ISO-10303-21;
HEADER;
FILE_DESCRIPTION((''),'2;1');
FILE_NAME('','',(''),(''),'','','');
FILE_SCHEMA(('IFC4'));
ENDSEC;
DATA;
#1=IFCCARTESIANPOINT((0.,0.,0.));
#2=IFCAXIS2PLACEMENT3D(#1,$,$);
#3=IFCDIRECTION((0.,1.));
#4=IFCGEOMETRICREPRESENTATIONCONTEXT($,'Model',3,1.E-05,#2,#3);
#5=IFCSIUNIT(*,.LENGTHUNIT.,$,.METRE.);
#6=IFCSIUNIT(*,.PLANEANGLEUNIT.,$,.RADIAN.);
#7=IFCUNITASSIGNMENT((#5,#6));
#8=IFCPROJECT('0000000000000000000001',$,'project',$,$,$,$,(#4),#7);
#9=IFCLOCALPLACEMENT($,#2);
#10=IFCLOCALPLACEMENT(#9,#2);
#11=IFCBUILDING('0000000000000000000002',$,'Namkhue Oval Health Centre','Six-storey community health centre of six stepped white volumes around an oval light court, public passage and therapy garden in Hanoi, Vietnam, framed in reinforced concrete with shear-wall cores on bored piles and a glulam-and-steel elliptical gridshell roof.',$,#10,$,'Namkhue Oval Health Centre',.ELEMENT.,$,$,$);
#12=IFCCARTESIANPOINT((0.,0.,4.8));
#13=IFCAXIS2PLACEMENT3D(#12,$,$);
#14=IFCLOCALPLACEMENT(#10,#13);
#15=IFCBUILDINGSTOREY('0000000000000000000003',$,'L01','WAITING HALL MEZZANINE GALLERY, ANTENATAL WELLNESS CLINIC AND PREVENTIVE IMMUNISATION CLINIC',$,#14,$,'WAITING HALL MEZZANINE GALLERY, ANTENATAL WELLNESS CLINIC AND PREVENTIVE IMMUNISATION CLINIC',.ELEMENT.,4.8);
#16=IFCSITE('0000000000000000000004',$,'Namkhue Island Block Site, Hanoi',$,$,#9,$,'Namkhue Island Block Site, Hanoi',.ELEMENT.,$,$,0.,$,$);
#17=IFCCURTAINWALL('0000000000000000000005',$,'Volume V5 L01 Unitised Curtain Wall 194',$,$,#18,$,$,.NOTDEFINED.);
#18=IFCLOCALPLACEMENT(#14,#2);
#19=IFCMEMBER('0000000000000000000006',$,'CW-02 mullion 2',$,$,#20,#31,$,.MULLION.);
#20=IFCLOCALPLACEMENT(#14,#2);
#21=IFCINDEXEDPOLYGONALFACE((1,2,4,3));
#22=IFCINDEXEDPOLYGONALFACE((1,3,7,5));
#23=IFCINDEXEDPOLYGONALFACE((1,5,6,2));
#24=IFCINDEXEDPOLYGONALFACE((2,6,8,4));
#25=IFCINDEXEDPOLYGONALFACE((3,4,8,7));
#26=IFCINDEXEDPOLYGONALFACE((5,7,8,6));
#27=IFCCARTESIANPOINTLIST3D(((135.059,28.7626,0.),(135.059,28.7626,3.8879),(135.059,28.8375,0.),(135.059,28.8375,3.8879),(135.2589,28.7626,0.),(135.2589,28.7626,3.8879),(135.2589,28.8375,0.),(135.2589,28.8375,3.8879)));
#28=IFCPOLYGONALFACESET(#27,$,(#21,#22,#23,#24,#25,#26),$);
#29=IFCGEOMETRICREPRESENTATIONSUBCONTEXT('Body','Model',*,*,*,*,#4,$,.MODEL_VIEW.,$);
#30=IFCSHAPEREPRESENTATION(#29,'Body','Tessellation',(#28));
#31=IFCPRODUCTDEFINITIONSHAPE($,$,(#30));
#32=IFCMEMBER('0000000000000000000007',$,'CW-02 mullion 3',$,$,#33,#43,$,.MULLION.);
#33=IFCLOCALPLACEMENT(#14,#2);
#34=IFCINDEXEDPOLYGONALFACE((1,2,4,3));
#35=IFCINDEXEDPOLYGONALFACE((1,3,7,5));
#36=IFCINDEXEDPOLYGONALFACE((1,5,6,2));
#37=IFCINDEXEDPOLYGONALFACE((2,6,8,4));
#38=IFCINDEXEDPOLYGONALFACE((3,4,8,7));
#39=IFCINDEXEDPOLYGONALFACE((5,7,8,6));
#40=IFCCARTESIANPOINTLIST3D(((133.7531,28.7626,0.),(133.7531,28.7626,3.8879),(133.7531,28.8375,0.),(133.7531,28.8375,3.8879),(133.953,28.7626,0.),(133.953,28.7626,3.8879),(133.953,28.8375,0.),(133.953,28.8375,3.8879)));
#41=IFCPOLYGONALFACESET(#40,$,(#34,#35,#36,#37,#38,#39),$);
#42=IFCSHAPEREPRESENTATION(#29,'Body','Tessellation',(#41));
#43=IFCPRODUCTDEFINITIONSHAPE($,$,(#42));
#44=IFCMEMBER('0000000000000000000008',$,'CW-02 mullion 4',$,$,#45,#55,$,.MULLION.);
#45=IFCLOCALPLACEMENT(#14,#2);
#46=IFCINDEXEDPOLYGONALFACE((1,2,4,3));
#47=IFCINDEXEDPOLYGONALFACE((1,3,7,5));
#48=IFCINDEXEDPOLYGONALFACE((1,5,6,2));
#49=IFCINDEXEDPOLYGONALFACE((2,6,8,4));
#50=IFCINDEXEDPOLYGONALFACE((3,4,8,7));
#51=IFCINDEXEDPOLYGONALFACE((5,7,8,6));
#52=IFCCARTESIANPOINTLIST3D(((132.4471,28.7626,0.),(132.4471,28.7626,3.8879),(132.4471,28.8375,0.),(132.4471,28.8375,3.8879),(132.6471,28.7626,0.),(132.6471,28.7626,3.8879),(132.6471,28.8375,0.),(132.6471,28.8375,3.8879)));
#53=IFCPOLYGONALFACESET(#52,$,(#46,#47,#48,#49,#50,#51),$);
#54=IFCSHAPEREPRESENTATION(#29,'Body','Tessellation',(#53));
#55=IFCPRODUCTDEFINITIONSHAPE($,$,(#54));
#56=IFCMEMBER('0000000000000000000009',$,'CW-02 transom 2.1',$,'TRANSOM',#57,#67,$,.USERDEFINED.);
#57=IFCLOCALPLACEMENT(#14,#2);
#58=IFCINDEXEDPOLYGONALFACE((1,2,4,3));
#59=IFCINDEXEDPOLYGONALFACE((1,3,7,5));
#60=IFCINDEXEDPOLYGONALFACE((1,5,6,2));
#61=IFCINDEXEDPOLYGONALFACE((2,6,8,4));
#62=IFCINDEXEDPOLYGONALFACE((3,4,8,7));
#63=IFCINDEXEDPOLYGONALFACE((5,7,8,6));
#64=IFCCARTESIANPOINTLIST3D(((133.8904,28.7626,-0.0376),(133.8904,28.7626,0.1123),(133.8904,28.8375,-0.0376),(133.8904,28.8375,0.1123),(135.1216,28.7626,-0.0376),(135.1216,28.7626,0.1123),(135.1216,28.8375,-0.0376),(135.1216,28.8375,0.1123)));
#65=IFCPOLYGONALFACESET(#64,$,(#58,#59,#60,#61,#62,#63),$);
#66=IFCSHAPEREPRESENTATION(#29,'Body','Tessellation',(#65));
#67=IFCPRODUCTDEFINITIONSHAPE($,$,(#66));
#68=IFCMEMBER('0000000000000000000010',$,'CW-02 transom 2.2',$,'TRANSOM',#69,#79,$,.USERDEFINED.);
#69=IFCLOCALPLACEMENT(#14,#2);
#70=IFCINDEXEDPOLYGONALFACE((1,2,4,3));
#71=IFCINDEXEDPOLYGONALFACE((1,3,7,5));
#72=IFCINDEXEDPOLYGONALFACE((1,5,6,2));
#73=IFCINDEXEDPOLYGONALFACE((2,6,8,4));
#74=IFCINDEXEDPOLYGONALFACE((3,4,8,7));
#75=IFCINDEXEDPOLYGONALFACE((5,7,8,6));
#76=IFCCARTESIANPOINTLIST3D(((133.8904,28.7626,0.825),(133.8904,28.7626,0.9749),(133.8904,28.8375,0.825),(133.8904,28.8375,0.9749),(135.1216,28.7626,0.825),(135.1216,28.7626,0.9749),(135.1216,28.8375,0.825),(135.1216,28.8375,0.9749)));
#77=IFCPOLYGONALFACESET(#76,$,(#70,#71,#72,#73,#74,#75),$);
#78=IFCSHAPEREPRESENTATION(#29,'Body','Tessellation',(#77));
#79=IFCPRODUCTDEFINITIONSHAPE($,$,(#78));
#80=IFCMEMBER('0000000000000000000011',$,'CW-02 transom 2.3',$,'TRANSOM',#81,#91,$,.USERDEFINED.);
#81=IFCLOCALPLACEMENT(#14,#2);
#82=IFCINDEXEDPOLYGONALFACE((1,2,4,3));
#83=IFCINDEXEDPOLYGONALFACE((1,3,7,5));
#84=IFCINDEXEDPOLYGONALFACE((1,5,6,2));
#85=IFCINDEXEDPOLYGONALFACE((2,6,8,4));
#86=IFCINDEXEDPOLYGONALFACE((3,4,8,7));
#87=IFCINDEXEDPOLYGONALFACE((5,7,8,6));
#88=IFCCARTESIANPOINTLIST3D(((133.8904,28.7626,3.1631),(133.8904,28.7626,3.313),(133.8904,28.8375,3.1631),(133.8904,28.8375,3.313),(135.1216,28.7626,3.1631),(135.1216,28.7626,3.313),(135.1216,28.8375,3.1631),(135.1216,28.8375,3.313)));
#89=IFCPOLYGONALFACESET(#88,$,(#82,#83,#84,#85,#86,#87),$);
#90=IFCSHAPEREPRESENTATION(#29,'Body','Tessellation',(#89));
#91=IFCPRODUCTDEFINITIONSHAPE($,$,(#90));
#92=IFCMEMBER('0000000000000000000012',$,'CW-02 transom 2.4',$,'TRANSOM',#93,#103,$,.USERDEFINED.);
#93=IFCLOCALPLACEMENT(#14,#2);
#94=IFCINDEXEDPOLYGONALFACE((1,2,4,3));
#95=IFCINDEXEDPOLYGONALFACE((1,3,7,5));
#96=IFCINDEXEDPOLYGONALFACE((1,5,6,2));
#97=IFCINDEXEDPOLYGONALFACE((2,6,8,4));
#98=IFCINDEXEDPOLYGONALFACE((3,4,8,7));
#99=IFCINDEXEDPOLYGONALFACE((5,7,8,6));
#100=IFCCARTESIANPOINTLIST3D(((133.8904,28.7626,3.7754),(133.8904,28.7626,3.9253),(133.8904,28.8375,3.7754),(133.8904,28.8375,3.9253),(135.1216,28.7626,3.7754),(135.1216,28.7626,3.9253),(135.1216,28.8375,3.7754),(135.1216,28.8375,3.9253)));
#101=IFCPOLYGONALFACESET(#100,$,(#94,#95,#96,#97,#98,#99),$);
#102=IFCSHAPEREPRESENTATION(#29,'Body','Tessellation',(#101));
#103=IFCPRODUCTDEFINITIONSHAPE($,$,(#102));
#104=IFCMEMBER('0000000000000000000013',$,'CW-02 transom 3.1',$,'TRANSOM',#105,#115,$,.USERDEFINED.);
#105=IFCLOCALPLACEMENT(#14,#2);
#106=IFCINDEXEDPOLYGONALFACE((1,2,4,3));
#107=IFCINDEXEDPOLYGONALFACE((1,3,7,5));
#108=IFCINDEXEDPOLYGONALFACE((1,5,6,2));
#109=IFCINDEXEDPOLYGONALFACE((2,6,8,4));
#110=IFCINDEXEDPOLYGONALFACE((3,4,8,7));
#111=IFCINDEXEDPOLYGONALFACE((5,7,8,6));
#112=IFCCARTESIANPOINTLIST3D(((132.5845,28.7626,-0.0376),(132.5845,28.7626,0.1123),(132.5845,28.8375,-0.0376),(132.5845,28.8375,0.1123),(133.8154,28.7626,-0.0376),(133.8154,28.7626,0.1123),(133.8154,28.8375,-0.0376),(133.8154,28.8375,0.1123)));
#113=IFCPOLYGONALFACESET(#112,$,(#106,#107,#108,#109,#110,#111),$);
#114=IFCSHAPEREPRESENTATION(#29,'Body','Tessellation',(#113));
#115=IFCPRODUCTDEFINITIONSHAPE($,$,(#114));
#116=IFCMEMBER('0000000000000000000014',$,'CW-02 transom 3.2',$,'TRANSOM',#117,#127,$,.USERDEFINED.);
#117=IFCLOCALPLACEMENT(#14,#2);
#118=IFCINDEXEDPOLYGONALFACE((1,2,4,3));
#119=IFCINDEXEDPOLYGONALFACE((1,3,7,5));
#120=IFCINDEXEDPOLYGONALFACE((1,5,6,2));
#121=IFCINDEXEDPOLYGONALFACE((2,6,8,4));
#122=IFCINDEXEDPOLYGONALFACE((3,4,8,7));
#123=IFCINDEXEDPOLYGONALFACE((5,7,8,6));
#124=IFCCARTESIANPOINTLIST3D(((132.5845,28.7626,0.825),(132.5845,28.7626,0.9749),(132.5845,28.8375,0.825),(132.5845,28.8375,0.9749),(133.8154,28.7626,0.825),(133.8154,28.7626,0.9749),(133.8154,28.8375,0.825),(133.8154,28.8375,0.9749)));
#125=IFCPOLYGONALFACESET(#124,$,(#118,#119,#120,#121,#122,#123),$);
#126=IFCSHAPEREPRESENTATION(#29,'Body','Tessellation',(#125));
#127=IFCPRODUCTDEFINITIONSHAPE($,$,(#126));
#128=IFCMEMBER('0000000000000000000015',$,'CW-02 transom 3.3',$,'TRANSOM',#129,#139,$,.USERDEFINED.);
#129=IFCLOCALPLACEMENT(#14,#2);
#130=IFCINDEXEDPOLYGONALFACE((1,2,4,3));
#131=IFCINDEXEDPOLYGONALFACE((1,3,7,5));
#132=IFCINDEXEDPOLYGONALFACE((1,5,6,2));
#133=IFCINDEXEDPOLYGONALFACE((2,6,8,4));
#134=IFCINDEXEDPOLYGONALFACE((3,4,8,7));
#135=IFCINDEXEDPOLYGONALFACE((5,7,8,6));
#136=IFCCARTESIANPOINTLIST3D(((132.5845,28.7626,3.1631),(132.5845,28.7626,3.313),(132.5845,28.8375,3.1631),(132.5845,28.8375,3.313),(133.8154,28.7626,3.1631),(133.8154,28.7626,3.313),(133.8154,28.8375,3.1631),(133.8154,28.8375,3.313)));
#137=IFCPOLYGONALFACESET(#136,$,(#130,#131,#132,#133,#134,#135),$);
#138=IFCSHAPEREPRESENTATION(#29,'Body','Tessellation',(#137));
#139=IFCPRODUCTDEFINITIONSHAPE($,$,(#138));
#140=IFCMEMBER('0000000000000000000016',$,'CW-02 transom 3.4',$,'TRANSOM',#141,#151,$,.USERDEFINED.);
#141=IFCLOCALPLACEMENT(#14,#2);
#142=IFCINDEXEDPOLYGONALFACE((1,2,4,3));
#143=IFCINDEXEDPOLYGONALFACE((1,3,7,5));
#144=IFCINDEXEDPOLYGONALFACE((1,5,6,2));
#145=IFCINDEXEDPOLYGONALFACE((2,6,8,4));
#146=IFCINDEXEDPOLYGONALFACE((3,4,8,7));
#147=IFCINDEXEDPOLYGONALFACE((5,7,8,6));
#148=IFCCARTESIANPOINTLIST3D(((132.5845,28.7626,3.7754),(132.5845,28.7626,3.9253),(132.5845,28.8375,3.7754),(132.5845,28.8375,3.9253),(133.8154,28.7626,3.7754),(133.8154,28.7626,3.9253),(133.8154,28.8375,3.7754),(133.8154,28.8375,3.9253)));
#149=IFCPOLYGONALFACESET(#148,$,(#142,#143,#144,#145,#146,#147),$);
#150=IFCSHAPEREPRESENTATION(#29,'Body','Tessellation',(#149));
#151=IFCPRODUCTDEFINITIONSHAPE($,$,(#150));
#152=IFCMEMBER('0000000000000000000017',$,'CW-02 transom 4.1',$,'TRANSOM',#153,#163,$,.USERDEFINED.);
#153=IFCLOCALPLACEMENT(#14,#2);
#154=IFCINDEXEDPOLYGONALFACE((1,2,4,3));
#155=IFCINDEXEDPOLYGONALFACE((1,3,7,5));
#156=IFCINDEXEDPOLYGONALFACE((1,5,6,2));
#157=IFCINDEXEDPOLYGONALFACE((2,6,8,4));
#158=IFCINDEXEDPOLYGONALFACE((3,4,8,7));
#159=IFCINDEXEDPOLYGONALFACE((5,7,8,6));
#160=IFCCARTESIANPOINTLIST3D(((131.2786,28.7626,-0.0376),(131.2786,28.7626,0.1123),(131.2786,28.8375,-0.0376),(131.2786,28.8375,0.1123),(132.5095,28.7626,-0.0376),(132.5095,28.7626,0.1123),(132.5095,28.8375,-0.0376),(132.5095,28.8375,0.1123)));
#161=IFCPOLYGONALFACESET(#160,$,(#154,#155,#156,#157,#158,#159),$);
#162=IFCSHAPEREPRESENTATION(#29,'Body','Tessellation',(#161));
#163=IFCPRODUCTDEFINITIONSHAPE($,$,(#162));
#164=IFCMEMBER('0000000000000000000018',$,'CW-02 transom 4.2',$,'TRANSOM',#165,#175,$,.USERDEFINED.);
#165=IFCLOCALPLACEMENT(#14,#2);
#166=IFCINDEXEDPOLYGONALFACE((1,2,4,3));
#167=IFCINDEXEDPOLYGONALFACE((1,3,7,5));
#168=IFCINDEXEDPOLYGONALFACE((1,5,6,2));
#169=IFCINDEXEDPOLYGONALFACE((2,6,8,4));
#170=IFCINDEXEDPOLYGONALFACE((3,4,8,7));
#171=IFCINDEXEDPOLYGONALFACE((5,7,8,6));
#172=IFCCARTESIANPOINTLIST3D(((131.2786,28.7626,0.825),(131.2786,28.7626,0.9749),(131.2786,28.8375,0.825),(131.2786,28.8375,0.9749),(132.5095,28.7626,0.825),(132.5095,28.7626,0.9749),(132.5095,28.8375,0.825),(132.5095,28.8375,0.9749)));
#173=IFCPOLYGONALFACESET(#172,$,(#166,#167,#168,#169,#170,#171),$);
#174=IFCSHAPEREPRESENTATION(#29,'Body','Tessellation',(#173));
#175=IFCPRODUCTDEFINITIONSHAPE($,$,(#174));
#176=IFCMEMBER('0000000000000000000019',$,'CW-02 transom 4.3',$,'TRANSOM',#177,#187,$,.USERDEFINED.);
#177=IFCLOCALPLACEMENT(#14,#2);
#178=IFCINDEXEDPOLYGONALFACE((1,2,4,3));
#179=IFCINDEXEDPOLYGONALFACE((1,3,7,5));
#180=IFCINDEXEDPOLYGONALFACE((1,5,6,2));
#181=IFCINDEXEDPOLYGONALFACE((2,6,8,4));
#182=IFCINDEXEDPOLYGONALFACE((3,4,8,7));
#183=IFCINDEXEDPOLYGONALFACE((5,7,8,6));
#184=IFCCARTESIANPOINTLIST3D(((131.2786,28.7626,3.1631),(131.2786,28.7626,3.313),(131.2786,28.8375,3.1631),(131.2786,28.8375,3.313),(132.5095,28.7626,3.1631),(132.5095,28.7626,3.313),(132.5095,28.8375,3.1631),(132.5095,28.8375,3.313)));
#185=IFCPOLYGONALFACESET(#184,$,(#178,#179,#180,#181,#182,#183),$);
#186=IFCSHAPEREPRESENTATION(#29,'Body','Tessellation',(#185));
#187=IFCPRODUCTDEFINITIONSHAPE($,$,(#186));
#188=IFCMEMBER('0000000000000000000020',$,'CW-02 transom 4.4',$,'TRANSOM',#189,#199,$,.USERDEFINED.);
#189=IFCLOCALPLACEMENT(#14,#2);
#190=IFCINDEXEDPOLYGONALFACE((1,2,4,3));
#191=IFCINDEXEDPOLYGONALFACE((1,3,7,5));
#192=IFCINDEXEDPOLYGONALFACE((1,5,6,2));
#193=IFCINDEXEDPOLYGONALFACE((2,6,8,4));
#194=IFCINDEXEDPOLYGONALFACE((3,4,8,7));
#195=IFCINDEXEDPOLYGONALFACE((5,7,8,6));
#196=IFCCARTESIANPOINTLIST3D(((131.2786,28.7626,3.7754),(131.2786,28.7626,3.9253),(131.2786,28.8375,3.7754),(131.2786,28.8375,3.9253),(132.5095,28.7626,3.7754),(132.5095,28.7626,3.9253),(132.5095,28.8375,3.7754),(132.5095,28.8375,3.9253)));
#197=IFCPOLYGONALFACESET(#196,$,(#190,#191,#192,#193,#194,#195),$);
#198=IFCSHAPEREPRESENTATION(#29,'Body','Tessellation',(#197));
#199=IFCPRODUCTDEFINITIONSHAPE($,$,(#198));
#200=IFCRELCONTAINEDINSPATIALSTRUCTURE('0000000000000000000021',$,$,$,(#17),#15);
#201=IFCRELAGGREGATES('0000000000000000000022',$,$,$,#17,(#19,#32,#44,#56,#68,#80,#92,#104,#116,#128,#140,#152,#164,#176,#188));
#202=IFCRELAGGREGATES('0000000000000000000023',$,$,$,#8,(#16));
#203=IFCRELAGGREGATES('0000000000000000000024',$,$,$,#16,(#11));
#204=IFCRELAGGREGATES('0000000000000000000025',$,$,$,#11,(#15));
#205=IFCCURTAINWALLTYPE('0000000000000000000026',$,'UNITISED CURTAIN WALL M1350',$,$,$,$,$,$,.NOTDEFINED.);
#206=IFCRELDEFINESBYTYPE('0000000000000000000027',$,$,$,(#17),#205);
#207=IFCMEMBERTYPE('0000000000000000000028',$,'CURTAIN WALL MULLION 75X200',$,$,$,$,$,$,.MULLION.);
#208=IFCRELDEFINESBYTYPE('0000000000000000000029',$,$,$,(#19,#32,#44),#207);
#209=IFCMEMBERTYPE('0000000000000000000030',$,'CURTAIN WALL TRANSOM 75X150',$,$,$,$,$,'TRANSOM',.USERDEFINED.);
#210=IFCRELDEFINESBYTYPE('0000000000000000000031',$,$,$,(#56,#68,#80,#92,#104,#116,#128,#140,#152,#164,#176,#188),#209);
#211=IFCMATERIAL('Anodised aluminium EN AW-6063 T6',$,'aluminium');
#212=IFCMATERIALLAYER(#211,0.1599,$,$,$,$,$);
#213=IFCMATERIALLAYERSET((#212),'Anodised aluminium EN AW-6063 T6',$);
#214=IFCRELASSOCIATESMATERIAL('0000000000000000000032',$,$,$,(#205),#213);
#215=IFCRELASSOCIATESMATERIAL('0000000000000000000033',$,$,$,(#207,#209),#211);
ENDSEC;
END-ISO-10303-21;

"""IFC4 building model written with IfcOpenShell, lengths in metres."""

from ifc_helpers import new_model, si_unit, direction, frame, origin, origin_2d, place, context, subcontext, project, spatial, rectangle, extrude, material, layer, layer_set, material_profile, profile_set, type_object, element, aggregate, save


model = new_model("IFC4")

# Units and contexts
model_context = context("Model", 3, precision=1e-05, world=origin(), true_north=direction((0.0, 1.0)))
body_context = subcontext(model_context, "Body", "Model", "MODEL_VIEW")
ifc_project = project(units=[si_unit("LENGTHUNIT", "METRE"), si_unit("PLANEANGLEUNIT", "RADIAN")], contexts=[model_context])

# Site, building, storey
site_placement = place(None, origin())
site = spatial("IfcSite", under=ifc_project, at=site_placement, Name="Namkhue Island Block Site, Hanoi", LongName="Namkhue Island Block Site, Hanoi", CompositionType="ELEMENT", RefElevation=0.0)
building_placement = place(site_placement, origin())
building = spatial("IfcBuilding", under=site, at=building_placement, Name="Namkhue Oval Health Centre", Description="Six-storey community health centre of six stepped white volumes around an oval light court, public passage and therapy garden in Hanoi, Vietnam, framed in reinforced concrete with shear-wall cores on bored piles and a glulam-and-steel elliptical gridshell roof.", LongName="Namkhue Oval Health Centre", CompositionType="ELEMENT")
storey_placement = place(building_placement, frame((0.0, 0.0, 4.8)))
storey = spatial("IfcBuildingStorey", under=building, at=storey_placement, Name="L01", Description="WAITING HALL MEZZANINE GALLERY, ANTENATAL WELLNESS CLINIC AND PREVENTIVE IMMUNISATION CLINIC", LongName="WAITING HALL MEZZANINE GALLERY, ANTENATAL WELLNESS CLINIC AND PREVENTIVE IMMUNISATION CLINIC", CompositionType="ELEMENT", Elevation=4.8)

# Curtain wall, members
ifc_material_1 = material(Name="Anodised aluminium EN AW-6063 T6", Category="aluminium")
ifc_layer_1 = layer(ifc_material_1, 0.1599)
ifc_layer_set_1 = layer_set([ifc_layer_1], Name="Anodised aluminium EN AW-6063 T6")
curtain_wall_type = type_object("IfcCurtainWallType", Name="UNITISED CURTAIN WALL M1350", PredefinedType="NOTDEFINED", material=ifc_layer_set_1)
curtain_wall_placement = place(storey_placement, origin())
curtain_wall = element("IfcCurtainWall", 1, at=curtain_wall_placement, inside=storey, type_object=curtain_wall_type, Name="Volume V5 L01 Unitised Curtain Wall 194", PredefinedType="NOTDEFINED")
ifc_material_profile_1 = material_profile(ifc_material_1, rectangle(XDim=0.075, YDim=0.2, at=origin_2d()), Name="ALU 75x200")
ifc_profile_set_1 = profile_set([ifc_material_profile_1], Name="Anodised aluminium EN AW-6063 T6")
member_type_1 = type_object("IfcMemberType", Name="CURTAIN WALL MULLION 75X200", PredefinedType="MULLION", material=ifc_profile_set_1)
member_1_placement = place(storey_placement, frame((135.1589, 28.8, 0.0), z_axis=(0.0, 0.0, 1.0), x_axis=(0.0, -1.0, 0.0)))
member_1 = element("IfcMember", 2, at=member_1_placement, type_object=member_type_1, Name="CW-02 mullion 2", PredefinedType="MULLION", context=body_context, shape_type="SweptSolid", body=[
    extrude(rectangle(XDim=0.075, YDim=0.2, at=origin_2d()), origin(), (0.0, 0.0, 1.0), 3.8879),
])
member_2_placement = place(storey_placement, frame((133.853, 28.8, 0.0), z_axis=(0.0, 0.0, 1.0), x_axis=(0.0, -1.0, 0.0)))
member_2 = element("IfcMember", 3, at=member_2_placement, type_object=member_type_1, Name="CW-02 mullion 3", PredefinedType="MULLION", context=body_context, shape_type="SweptSolid", body=[
    extrude(rectangle(XDim=0.075, YDim=0.2, at=origin_2d()), origin(), (0.0, 0.0, 1.0), 3.8879),
])
member_3_placement = place(storey_placement, frame((132.5471, 28.8, 0.0), z_axis=(0.0, 0.0, 1.0), x_axis=(0.0, -1.0, 0.0)))
member_3 = element("IfcMember", 4, at=member_3_placement, type_object=member_type_1, Name="CW-02 mullion 4", PredefinedType="MULLION", context=body_context, shape_type="SweptSolid", body=[
    extrude(rectangle(XDim=0.075, YDim=0.2, at=origin_2d()), origin(), (0.0, 0.0, 1.0), 3.8879),
])
ifc_material_profile_2 = material_profile(ifc_material_1, rectangle(XDim=0.075, YDim=0.1499, at=origin_2d()), Name="ALU 75x150")
ifc_profile_set_2 = profile_set([ifc_material_profile_2], Name="Anodised aluminium EN AW-6063 T6")
member_type_2 = type_object("IfcMemberType", Name="CURTAIN WALL TRANSOM 75X150", ElementType="TRANSOM", PredefinedType="USERDEFINED", material=ifc_profile_set_2)
member_4_placement = place(storey_placement, frame((135.1216, 28.8, 0.0374), z_axis=(-1.0, 0.0, 0.0), x_axis=(0.0, -1.0, 0.0)))
member_4 = element("IfcMember", 5, at=member_4_placement, type_object=member_type_2, Name="CW-02 transom 2.1", ObjectType="TRANSOM", PredefinedType="USERDEFINED", context=body_context, shape_type="SweptSolid", body=[
    extrude(rectangle(XDim=0.075, YDim=0.1499, at=origin_2d()), origin(), (0.0, 0.0, 1.0), 1.2312),
])
member_5_placement = place(storey_placement, frame((135.1216, 28.8, 0.8999), z_axis=(-1.0, 0.0, 0.0), x_axis=(0.0, -1.0, 0.0)))
member_5 = element("IfcMember", 6, at=member_5_placement, type_object=member_type_2, Name="CW-02 transom 2.2", ObjectType="TRANSOM", PredefinedType="USERDEFINED", context=body_context, shape_type="SweptSolid", body=[
    extrude(rectangle(XDim=0.075, YDim=0.1499, at=origin_2d()), origin(), (0.0, 0.0, 1.0), 1.2312),
])
member_6_placement = place(storey_placement, frame((135.1216, 28.8, 3.238), z_axis=(-1.0, 0.0, 0.0), x_axis=(0.0, -1.0, 0.0)))
member_6 = element("IfcMember", 7, at=member_6_placement, type_object=member_type_2, Name="CW-02 transom 2.3", ObjectType="TRANSOM", PredefinedType="USERDEFINED", context=body_context, shape_type="SweptSolid", body=[
    extrude(rectangle(XDim=0.075, YDim=0.1499, at=origin_2d()), origin(), (0.0, 0.0, 1.0), 1.2312),
])
member_7_placement = place(storey_placement, frame((135.1216, 28.8, 3.8503), z_axis=(-1.0, 0.0, 0.0), x_axis=(0.0, -1.0, 0.0)))
member_7 = element("IfcMember", 8, at=member_7_placement, type_object=member_type_2, Name="CW-02 transom 2.4", ObjectType="TRANSOM", PredefinedType="USERDEFINED", context=body_context, shape_type="SweptSolid", body=[
    extrude(rectangle(XDim=0.075, YDim=0.1499, at=origin_2d()), origin(), (0.0, 0.0, 1.0), 1.2312),
])
member_8_placement = place(storey_placement, frame((133.8154, 28.8, 0.0374), z_axis=(-1.0, 0.0, 0.0), x_axis=(0.0, -1.0, 0.0)))
member_8 = element("IfcMember", 9, at=member_8_placement, type_object=member_type_2, Name="CW-02 transom 3.1", ObjectType="TRANSOM", PredefinedType="USERDEFINED", context=body_context, shape_type="SweptSolid", body=[
    extrude(rectangle(XDim=0.075, YDim=0.1499, at=origin_2d()), origin(), (0.0, 0.0, 1.0), 1.231),
])
member_9_placement = place(storey_placement, frame((133.8154, 28.8, 0.8999), z_axis=(-1.0, 0.0, 0.0), x_axis=(0.0, -1.0, 0.0)))
member_9 = element("IfcMember", 10, at=member_9_placement, type_object=member_type_2, Name="CW-02 transom 3.2", ObjectType="TRANSOM", PredefinedType="USERDEFINED", context=body_context, shape_type="SweptSolid", body=[
    extrude(rectangle(XDim=0.075, YDim=0.1499, at=origin_2d()), origin(), (0.0, 0.0, 1.0), 1.231),
])
member_10_placement = place(storey_placement, frame((133.8154, 28.8, 3.238), z_axis=(-1.0, 0.0, 0.0), x_axis=(0.0, -1.0, 0.0)))
member_10 = element("IfcMember", 11, at=member_10_placement, type_object=member_type_2, Name="CW-02 transom 3.3", ObjectType="TRANSOM", PredefinedType="USERDEFINED", context=body_context, shape_type="SweptSolid", body=[
    extrude(rectangle(XDim=0.075, YDim=0.1499, at=origin_2d()), origin(), (0.0, 0.0, 1.0), 1.231),
])
member_11_placement = place(storey_placement, frame((133.8154, 28.8, 3.8503), z_axis=(-1.0, 0.0, 0.0), x_axis=(0.0, -1.0, 0.0)))
member_11 = element("IfcMember", 12, at=member_11_placement, type_object=member_type_2, Name="CW-02 transom 3.4", ObjectType="TRANSOM", PredefinedType="USERDEFINED", context=body_context, shape_type="SweptSolid", body=[
    extrude(rectangle(XDim=0.075, YDim=0.1499, at=origin_2d()), origin(), (0.0, 0.0, 1.0), 1.231),
])
member_12_placement = place(storey_placement, frame((132.5095, 28.8, 0.0374), z_axis=(-1.0, 0.0, 0.0), x_axis=(0.0, -1.0, 0.0)))
member_12 = element("IfcMember", 13, at=member_12_placement, type_object=member_type_2, Name="CW-02 transom 4.1", ObjectType="TRANSOM", PredefinedType="USERDEFINED", context=body_context, shape_type="SweptSolid", body=[
    extrude(rectangle(XDim=0.075, YDim=0.1499, at=origin_2d()), origin(), (0.0, 0.0, 1.0), 1.231),
])
member_13_placement = place(storey_placement, frame((132.5095, 28.8, 0.8999), z_axis=(-1.0, 0.0, 0.0), x_axis=(0.0, -1.0, 0.0)))
member_13 = element("IfcMember", 14, at=member_13_placement, type_object=member_type_2, Name="CW-02 transom 4.2", ObjectType="TRANSOM", PredefinedType="USERDEFINED", context=body_context, shape_type="SweptSolid", body=[
    extrude(rectangle(XDim=0.075, YDim=0.1499, at=origin_2d()), origin(), (0.0, 0.0, 1.0), 1.231),
])
member_14_placement = place(storey_placement, frame((132.5095, 28.8, 3.238), z_axis=(-1.0, 0.0, 0.0), x_axis=(0.0, -1.0, 0.0)))
member_14 = element("IfcMember", 15, at=member_14_placement, type_object=member_type_2, Name="CW-02 transom 4.3", ObjectType="TRANSOM", PredefinedType="USERDEFINED", context=body_context, shape_type="SweptSolid", body=[
    extrude(rectangle(XDim=0.075, YDim=0.1499, at=origin_2d()), origin(), (0.0, 0.0, 1.0), 1.231),
])
member_15_placement = place(storey_placement, frame((132.5095, 28.8, 3.8503), z_axis=(-1.0, 0.0, 0.0), x_axis=(0.0, -1.0, 0.0)))
member_15 = element("IfcMember", 16, at=member_15_placement, type_object=member_type_2, Name="CW-02 transom 4.4", ObjectType="TRANSOM", PredefinedType="USERDEFINED", context=body_context, shape_type="SweptSolid", body=[
    extrude(rectangle(XDim=0.075, YDim=0.1499, at=origin_2d()), origin(), (0.0, 0.0, 1.0), 1.231),
])
aggregate(curtain_wall, [member_1, member_2, member_3, member_4, member_5, member_6, member_7, member_8, member_9, member_10, member_11, member_12, member_13, member_14, member_15])

save(model, "model.ifc")
